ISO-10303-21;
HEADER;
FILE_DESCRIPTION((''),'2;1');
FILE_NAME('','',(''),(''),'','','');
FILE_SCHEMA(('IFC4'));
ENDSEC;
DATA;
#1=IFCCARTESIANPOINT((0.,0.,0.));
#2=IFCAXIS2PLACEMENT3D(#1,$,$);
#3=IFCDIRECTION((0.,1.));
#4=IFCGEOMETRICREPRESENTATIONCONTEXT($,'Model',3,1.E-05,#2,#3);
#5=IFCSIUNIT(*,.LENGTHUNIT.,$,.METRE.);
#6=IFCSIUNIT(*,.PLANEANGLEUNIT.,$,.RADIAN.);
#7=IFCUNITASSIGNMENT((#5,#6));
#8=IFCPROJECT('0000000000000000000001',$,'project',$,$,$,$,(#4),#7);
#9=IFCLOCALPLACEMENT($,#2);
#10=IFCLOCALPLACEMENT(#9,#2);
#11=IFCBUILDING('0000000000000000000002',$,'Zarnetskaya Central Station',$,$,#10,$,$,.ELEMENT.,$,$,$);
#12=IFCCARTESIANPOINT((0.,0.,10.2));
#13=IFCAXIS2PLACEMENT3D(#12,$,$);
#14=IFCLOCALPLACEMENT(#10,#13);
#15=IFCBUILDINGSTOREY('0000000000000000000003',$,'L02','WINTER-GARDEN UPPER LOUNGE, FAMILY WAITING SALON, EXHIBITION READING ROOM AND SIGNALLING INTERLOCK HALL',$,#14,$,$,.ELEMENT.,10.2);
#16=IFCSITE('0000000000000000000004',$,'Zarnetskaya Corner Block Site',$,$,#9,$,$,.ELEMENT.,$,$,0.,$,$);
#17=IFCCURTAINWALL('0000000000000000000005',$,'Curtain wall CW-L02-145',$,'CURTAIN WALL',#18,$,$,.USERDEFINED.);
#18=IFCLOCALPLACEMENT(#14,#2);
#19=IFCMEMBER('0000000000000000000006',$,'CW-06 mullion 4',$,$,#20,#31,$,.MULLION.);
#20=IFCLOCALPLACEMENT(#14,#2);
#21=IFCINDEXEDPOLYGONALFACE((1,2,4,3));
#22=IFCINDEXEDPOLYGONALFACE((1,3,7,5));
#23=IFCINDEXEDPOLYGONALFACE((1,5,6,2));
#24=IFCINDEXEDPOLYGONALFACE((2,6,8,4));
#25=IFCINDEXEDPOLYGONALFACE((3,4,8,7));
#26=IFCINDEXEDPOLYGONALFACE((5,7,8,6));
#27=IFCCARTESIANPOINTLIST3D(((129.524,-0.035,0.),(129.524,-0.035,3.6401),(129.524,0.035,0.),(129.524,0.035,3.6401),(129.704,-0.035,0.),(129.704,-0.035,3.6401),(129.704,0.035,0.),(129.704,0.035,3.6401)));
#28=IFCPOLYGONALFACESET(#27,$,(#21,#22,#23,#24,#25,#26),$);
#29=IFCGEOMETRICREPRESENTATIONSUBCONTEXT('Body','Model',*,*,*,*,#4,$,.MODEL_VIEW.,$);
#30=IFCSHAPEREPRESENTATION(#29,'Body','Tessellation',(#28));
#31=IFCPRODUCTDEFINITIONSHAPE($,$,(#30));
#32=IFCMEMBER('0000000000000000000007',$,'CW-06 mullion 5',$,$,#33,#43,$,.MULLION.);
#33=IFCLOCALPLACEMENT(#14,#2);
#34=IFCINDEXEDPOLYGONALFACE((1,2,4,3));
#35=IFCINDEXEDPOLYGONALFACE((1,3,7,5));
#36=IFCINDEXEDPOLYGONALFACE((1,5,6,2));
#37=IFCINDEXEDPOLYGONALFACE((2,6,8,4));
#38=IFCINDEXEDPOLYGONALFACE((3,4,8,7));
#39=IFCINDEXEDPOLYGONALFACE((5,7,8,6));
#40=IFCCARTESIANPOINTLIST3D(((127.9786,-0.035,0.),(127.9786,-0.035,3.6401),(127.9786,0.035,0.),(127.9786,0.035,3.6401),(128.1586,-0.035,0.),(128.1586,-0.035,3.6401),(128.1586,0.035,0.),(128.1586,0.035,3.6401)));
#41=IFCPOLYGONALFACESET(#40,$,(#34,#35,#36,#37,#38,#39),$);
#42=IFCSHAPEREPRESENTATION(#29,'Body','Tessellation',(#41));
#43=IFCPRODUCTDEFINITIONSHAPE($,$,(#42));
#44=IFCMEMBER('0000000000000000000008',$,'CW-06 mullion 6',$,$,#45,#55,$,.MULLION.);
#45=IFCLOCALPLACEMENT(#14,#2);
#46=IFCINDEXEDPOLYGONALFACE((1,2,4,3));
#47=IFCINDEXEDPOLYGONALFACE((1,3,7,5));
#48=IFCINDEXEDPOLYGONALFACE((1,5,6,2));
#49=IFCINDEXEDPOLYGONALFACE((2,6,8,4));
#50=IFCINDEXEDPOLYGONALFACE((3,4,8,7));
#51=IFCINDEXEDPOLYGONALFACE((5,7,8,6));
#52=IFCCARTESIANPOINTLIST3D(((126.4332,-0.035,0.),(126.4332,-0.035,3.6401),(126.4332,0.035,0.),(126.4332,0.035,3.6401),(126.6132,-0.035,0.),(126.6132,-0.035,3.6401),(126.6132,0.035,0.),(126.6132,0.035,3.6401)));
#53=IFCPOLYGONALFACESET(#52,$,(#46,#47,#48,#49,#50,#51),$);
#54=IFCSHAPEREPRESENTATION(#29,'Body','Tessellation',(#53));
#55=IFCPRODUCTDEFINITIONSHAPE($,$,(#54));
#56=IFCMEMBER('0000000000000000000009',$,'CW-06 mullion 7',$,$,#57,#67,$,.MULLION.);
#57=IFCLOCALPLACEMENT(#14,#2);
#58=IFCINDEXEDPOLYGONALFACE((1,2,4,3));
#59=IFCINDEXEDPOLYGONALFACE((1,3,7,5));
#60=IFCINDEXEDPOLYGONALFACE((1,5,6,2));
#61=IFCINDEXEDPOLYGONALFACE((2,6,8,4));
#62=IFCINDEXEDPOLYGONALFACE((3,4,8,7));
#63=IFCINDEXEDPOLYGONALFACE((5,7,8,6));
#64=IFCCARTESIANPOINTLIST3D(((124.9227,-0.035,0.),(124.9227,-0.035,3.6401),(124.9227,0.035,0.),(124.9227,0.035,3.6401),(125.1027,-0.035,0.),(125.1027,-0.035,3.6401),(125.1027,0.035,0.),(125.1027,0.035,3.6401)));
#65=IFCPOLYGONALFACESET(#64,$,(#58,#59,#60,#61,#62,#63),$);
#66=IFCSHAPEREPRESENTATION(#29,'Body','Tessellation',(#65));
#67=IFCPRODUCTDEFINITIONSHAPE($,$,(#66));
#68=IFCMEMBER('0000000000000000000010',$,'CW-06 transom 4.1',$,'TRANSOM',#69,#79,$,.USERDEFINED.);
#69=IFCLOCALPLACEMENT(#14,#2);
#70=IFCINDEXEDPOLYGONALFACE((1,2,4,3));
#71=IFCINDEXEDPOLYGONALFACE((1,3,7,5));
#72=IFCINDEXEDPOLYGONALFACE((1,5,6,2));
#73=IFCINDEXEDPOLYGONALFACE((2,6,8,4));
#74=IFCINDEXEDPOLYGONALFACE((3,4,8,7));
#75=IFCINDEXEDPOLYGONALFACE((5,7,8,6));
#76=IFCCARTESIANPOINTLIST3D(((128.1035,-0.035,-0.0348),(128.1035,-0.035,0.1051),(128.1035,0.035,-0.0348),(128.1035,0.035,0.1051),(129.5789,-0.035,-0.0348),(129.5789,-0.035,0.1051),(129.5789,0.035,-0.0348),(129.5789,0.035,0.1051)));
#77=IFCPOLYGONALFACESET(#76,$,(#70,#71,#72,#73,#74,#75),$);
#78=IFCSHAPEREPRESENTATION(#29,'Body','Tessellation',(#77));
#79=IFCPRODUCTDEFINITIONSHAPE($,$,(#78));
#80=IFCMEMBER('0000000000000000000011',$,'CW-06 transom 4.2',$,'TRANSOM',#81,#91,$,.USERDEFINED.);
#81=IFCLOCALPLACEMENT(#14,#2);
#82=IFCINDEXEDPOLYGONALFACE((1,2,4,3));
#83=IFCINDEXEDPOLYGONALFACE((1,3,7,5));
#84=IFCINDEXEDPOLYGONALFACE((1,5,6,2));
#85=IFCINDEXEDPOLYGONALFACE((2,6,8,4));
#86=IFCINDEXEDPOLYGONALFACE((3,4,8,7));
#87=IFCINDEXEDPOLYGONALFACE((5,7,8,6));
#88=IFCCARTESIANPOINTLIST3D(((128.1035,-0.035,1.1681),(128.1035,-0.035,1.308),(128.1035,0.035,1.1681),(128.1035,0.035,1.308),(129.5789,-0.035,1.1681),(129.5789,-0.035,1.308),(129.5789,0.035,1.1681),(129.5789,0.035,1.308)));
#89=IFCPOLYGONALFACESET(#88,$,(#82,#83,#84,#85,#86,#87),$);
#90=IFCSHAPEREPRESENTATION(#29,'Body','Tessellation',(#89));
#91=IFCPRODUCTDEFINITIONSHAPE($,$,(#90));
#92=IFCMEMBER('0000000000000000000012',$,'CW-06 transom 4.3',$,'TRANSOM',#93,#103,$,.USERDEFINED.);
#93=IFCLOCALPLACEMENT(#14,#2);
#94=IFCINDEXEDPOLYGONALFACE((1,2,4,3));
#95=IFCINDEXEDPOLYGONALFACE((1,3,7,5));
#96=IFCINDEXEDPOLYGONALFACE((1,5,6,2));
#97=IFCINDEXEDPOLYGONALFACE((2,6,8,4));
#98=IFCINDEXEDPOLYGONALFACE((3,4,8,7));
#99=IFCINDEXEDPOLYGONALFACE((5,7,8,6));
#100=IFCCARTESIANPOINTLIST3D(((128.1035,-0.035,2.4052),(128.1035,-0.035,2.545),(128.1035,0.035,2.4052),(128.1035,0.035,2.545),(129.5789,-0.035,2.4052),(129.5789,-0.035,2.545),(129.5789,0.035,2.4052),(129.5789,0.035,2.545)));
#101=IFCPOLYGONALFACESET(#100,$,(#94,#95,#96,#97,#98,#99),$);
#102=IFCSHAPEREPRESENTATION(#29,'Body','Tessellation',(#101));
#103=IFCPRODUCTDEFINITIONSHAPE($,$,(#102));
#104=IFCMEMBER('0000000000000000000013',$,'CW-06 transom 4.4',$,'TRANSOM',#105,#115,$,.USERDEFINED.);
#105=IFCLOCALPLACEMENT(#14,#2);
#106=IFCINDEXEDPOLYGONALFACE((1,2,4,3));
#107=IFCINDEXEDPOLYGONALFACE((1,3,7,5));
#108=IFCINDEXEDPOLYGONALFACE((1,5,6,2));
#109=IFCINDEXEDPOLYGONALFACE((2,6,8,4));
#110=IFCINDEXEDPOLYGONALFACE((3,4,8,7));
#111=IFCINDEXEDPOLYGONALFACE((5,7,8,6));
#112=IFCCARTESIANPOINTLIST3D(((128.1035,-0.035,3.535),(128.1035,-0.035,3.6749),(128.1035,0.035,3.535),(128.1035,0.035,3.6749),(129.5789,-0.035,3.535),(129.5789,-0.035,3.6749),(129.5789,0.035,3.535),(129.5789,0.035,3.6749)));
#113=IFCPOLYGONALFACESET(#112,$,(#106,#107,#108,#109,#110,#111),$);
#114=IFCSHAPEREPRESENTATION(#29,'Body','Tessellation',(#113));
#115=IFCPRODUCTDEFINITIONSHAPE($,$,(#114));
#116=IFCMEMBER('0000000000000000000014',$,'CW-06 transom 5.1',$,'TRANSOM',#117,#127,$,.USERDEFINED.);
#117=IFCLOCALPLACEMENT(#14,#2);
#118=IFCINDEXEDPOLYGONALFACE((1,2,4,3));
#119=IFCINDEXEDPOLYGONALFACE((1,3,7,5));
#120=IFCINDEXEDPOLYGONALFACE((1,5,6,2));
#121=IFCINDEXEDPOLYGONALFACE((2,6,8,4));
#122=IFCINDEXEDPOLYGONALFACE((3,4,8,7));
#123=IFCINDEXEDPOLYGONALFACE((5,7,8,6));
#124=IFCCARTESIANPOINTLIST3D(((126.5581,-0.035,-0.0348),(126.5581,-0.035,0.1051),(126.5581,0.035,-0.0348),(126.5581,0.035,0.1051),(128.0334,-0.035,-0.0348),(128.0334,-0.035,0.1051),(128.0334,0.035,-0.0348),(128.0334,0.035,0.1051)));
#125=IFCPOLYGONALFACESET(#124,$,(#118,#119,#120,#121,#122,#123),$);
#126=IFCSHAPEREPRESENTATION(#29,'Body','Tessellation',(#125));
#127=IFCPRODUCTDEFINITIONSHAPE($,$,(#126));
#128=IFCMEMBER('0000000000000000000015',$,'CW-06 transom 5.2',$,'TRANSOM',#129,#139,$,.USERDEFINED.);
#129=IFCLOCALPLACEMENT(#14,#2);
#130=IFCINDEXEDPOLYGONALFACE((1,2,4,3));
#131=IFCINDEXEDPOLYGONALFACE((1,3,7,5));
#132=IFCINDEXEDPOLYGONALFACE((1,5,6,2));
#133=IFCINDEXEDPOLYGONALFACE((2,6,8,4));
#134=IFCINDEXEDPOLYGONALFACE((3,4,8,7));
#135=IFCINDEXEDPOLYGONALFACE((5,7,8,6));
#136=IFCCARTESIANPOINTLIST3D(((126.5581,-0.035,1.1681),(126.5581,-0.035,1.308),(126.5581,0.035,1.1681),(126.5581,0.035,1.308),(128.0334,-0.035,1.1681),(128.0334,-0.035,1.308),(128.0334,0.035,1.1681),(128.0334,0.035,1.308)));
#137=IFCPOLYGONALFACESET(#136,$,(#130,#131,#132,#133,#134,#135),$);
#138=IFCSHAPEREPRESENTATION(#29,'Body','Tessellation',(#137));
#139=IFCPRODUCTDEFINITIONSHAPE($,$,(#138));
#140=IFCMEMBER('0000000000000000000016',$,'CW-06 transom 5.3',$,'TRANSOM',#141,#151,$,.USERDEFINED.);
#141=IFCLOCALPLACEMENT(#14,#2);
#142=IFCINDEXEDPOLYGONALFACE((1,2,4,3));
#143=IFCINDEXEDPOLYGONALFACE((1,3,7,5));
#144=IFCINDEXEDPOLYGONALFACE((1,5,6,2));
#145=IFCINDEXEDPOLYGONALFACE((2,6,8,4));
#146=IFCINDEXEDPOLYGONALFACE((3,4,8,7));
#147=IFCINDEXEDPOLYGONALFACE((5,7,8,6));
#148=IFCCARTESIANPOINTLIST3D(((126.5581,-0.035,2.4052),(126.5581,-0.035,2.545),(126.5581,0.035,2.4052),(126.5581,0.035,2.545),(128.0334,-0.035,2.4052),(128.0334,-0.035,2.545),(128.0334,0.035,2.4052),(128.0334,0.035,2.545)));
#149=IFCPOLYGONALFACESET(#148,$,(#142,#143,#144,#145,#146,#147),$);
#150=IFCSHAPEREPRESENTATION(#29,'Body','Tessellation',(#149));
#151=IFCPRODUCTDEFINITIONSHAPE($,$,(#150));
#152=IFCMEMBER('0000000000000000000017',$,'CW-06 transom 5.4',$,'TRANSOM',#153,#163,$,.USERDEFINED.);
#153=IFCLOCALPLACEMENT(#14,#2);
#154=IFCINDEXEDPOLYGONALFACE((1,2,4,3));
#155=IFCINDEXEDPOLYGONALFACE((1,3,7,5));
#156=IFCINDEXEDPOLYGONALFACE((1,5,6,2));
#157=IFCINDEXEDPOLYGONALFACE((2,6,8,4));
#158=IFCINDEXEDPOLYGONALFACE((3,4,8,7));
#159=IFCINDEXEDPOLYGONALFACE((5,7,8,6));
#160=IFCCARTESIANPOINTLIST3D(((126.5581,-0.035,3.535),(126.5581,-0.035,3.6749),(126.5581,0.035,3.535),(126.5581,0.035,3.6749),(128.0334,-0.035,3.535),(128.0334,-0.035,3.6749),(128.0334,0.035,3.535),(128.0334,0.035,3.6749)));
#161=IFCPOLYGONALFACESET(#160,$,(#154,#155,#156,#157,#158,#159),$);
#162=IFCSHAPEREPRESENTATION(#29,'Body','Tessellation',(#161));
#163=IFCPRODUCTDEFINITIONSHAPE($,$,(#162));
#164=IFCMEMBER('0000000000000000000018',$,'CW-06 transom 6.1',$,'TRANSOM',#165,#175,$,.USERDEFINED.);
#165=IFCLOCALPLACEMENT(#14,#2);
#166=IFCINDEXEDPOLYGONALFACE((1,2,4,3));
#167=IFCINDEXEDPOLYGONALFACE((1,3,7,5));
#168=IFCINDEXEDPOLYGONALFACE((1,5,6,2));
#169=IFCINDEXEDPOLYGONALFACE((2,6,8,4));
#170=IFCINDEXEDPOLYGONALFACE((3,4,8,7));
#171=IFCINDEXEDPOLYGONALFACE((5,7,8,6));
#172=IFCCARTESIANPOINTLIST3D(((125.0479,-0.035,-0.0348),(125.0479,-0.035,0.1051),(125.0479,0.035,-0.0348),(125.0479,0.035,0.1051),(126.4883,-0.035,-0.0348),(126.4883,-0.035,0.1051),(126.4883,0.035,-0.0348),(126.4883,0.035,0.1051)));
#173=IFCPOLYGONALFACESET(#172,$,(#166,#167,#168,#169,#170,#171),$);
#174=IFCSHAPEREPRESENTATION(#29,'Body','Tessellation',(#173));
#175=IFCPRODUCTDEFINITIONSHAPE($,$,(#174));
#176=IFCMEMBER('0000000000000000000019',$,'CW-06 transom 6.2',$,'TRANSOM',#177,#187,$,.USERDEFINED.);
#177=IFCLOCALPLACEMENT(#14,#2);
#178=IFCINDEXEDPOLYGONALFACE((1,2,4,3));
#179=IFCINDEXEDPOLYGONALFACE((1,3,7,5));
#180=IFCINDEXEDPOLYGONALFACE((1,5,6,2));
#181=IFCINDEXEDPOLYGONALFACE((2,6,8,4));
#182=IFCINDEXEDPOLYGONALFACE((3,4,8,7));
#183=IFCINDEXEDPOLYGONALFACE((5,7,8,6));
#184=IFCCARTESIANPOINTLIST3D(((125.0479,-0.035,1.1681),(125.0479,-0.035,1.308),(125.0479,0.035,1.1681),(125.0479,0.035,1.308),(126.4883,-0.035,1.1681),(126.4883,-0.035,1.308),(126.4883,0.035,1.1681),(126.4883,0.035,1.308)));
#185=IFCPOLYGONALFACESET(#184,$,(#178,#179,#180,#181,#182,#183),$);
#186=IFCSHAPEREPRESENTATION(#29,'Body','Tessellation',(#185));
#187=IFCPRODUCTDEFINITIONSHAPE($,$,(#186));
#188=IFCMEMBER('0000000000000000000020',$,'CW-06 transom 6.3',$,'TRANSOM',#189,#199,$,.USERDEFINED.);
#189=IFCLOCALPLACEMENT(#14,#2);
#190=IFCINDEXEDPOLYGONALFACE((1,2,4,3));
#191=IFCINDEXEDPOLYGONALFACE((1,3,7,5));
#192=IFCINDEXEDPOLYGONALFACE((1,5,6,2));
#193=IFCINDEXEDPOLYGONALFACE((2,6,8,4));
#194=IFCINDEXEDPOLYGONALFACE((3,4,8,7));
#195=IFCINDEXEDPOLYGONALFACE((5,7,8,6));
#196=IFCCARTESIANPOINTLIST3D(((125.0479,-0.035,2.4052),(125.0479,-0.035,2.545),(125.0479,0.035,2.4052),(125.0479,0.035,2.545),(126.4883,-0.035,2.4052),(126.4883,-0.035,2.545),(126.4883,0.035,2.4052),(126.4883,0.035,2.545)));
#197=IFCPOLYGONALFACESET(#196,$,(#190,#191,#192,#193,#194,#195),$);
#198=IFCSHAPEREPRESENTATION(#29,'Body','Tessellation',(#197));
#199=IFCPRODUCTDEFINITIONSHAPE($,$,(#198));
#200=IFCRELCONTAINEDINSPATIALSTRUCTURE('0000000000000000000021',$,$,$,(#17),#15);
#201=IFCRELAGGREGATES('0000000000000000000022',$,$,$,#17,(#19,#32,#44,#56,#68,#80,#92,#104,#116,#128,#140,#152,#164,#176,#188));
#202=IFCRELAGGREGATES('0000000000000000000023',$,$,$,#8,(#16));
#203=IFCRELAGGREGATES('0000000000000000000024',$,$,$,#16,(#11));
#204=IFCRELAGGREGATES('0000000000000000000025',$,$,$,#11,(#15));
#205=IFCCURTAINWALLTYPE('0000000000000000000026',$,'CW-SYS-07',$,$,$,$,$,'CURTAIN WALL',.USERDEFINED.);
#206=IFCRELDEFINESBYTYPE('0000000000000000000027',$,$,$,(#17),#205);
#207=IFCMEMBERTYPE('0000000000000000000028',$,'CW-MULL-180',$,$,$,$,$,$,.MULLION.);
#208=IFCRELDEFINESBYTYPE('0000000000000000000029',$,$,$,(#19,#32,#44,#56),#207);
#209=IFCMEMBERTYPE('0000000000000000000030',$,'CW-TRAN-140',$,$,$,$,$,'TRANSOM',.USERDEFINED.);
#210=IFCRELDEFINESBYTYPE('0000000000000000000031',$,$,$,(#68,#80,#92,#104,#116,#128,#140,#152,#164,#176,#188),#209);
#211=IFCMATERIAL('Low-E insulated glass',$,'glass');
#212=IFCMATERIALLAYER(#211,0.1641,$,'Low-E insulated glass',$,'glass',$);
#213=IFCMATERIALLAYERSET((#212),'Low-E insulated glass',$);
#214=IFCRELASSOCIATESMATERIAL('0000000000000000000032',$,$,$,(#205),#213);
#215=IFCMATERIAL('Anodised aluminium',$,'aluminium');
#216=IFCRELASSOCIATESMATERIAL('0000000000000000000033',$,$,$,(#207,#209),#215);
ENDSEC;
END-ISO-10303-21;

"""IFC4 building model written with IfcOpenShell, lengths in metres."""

from ifc_helpers import new_model, si_unit, direction, frame, origin, origin_2d, place, context, subcontext, project, spatial, rectangle, extrude, material, layer, layer_set, material_profile, profile_set, type_object, element, aggregate, save


model = new_model("IFC4")

# Units and contexts
model_context = context("Model", 3, precision=1e-05, world=origin(), true_north=direction((0.0, 1.0)))
body_context = subcontext(model_context, "Body", "Model", "MODEL_VIEW")
ifc_project = project(units=[si_unit("LENGTHUNIT", "METRE"), si_unit("PLANEANGLEUNIT", "RADIAN")], contexts=[model_context])

# Site, building, storey
site_placement = place(None, origin())
site = spatial("IfcSite", under=ifc_project, at=site_placement, Name="Zarnetskaya Corner Block Site", CompositionType="ELEMENT", RefElevation=0.0)
building_placement = place(site_placement, origin())
building = spatial("IfcBuilding", under=site, at=building_placement, Name="Zarnetskaya Central Station", CompositionType="ELEMENT")
storey_placement = place(building_placement, frame((0.0, 0.0, 10.2)))
storey = spatial("IfcBuildingStorey", under=building, at=storey_placement, Name="L02", Description="WINTER-GARDEN UPPER LOUNGE, FAMILY WAITING SALON, EXHIBITION READING ROOM AND SIGNALLING INTERLOCK HALL", CompositionType="ELEMENT", Elevation=10.2)

# Curtain wall, members
ifc_material_1 = material(Name="Low-E insulated glass", Category="glass")
ifc_layer_1 = layer(ifc_material_1, 0.1641, Name="Low-E insulated glass", Category="glass")
ifc_layer_set_1 = layer_set([ifc_layer_1], Name="Low-E insulated glass")
curtain_wall_type = type_object("IfcCurtainWallType", Name="CW-SYS-07", ElementType="CURTAIN WALL", PredefinedType="USERDEFINED", material=ifc_layer_set_1)
curtain_wall_placement = place(storey_placement, origin())
curtain_wall = element("IfcCurtainWall", 1, at=curtain_wall_placement, inside=storey, type_object=curtain_wall_type, Name="Curtain wall CW-L02-145", ObjectType="CURTAIN WALL", PredefinedType="USERDEFINED")
ifc_material_2 = material(Name="Anodised aluminium", Category="aluminium")
ifc_material_profile_1 = material_profile(ifc_material_2, rectangle(XDim=0.0701, YDim=0.1799, at=origin_2d()), Name="ALU MULL 70x180")
ifc_profile_set_1 = profile_set([ifc_material_profile_1], Name="Anodised aluminium")
member_type_1 = type_object("IfcMemberType", Name="CW-MULL-180", PredefinedType="MULLION", material=ifc_profile_set_1)
member_1_placement = place(storey_placement, frame((129.614, 0.0, 0.0), z_axis=(0.0, 0.0, 1.0), x_axis=(0.0, -1.0, 0.0)))
member_1 = element("IfcMember", 2, at=member_1_placement, type_object=member_type_1, Name="CW-06 mullion 4", PredefinedType="MULLION", context=body_context, shape_type="SweptSolid", body=[
    extrude(rectangle(XDim=0.0701, YDim=0.1799, at=origin_2d()), origin(), (0.0, 0.0, 1.0), 3.6401),
])
member_2_placement = place(storey_placement, frame((128.0686, 0.0, 0.0), z_axis=(0.0, 0.0, 1.0), x_axis=(0.0, -1.0, 0.0)))
member_2 = element("IfcMember", 3, at=member_2_placement, type_object=member_type_1, Name="CW-06 mullion 5", PredefinedType="MULLION", context=body_context, shape_type="SweptSolid", body=[
    extrude(rectangle(XDim=0.0701, YDim=0.1799, at=origin_2d()), origin(), (0.0, 0.0, 1.0), 3.6401),
])
member_3_placement = place(storey_placement, frame((126.5232, 0.0, 0.0), z_axis=(0.0, 0.0, 1.0), x_axis=(0.0, -1.0, 0.0)))
member_3 = element("IfcMember", 4, at=member_3_placement, type_object=member_type_1, Name="CW-06 mullion 6", PredefinedType="MULLION", context=body_context, shape_type="SweptSolid", body=[
    extrude(rectangle(XDim=0.0701, YDim=0.1799, at=origin_2d()), origin(), (0.0, 0.0, 1.0), 3.6401),
])
member_4_placement = place(storey_placement, frame((125.0127, 0.0, 0.0), z_axis=(0.0, 0.0, 1.0), x_axis=(0.0, -1.0, 0.0)))
member_4 = element("IfcMember", 5, at=member_4_placement, type_object=member_type_1, Name="CW-06 mullion 7", PredefinedType="MULLION", context=body_context, shape_type="SweptSolid", body=[
    extrude(rectangle(XDim=0.0701, YDim=0.1799, at=origin_2d()), origin(), (0.0, 0.0, 1.0), 3.6401),
])
ifc_material_profile_2 = material_profile(ifc_material_2, rectangle(XDim=0.0701, YDim=0.1399, at=origin_2d()), Name="ALU TRAN 70x140")
ifc_profile_set_2 = profile_set([ifc_material_profile_2], Name="Anodised aluminium")
member_type_2 = type_object("IfcMemberType", Name="CW-TRAN-140", ElementType="TRANSOM", PredefinedType="USERDEFINED", material=ifc_profile_set_2)
member_5_placement = place(storey_placement, frame((129.5789, 0.0, 0.0352), z_axis=(-1.0, 0.0, 0.0), x_axis=(0.0, -1.0, 0.0)))
member_5 = element("IfcMember", 6, at=member_5_placement, type_object=member_type_2, Name="CW-06 transom 4.1", ObjectType="TRANSOM", PredefinedType="USERDEFINED", context=body_context, shape_type="SweptSolid", body=[
    extrude(rectangle(XDim=0.0701, YDim=0.1399, at=origin_2d()), origin(), (0.0, 0.0, 1.0), 1.4753),
])
member_6_placement = place(storey_placement, frame((129.5789, 0.0, 1.238), z_axis=(-1.0, 0.0, 0.0), x_axis=(0.0, -1.0, 0.0)))
member_6 = element("IfcMember", 7, at=member_6_placement, type_object=member_type_2, Name="CW-06 transom 4.2", ObjectType="TRANSOM", PredefinedType="USERDEFINED", context=body_context, shape_type="SweptSolid", body=[
    extrude(rectangle(XDim=0.0701, YDim=0.1399, at=origin_2d()), origin(), (0.0, 0.0, 1.0), 1.4753),
])
member_7_placement = place(storey_placement, frame((129.5789, 0.0, 2.4751), z_axis=(-1.0, 0.0, 0.0), x_axis=(0.0, -1.0, 0.0)))
member_7 = element("IfcMember", 8, at=member_7_placement, type_object=member_type_2, Name="CW-06 transom 4.3", ObjectType="TRANSOM", PredefinedType="USERDEFINED", context=body_context, shape_type="SweptSolid", body=[
    extrude(rectangle(XDim=0.0701, YDim=0.1399, at=origin_2d()), origin(), (0.0, 0.0, 1.0), 1.4753),
])
member_8_placement = place(storey_placement, frame((129.5789, 0.0, 3.605), z_axis=(-1.0, 0.0, 0.0), x_axis=(0.0, -1.0, 0.0)))
member_8 = element("IfcMember", 9, at=member_8_placement, type_object=member_type_2, Name="CW-06 transom 4.4", ObjectType="TRANSOM", PredefinedType="USERDEFINED", context=body_context, shape_type="SweptSolid", body=[
    extrude(rectangle(XDim=0.0701, YDim=0.1399, at=origin_2d()), origin(), (0.0, 0.0, 1.0), 1.4753),
])
member_9_placement = place(storey_placement, frame((128.0334, 0.0, 0.0352), z_axis=(-1.0, 0.0, 0.0), x_axis=(0.0, -1.0, 0.0)))
member_9 = element("IfcMember", 10, at=member_9_placement, type_object=member_type_2, Name="CW-06 transom 5.1", ObjectType="TRANSOM", PredefinedType="USERDEFINED", context=body_context, shape_type="SweptSolid", body=[
    extrude(rectangle(XDim=0.0701, YDim=0.1399, at=origin_2d()), origin(), (0.0, 0.0, 1.0), 1.4753),
])
member_10_placement = place(storey_placement, frame((128.0334, 0.0, 1.238), z_axis=(-1.0, 0.0, 0.0), x_axis=(0.0, -1.0, 0.0)))
member_10 = element("IfcMember", 11, at=member_10_placement, type_object=member_type_2, Name="CW-06 transom 5.2", ObjectType="TRANSOM", PredefinedType="USERDEFINED", context=body_context, shape_type="SweptSolid", body=[
    extrude(rectangle(XDim=0.0701, YDim=0.1399, at=origin_2d()), origin(), (0.0, 0.0, 1.0), 1.4753),
])
member_11_placement = place(storey_placement, frame((128.0334, 0.0, 2.4751), z_axis=(-1.0, 0.0, 0.0), x_axis=(0.0, -1.0, 0.0)))
member_11 = element("IfcMember", 12, at=member_11_placement, type_object=member_type_2, Name="CW-06 transom 5.3", ObjectType="TRANSOM", PredefinedType="USERDEFINED", context=body_context, shape_type="SweptSolid", body=[
    extrude(rectangle(XDim=0.0701, YDim=0.1399, at=origin_2d()), origin(), (0.0, 0.0, 1.0), 1.4753),
])
member_12_placement = place(storey_placement, frame((128.0334, 0.0, 3.605), z_axis=(-1.0, 0.0, 0.0), x_axis=(0.0, -1.0, 0.0)))
member_12 = element("IfcMember", 13, at=member_12_placement, type_object=member_type_2, Name="CW-06 transom 5.4", ObjectType="TRANSOM", PredefinedType="USERDEFINED", context=body_context, shape_type="SweptSolid", body=[
    extrude(rectangle(XDim=0.0701, YDim=0.1399, at=origin_2d()), origin(), (0.0, 0.0, 1.0), 1.4753),
])
member_13_placement = place(storey_placement, frame((126.4883, 0.0, 0.0352), z_axis=(-1.0, 0.0, 0.0), x_axis=(0.0, -1.0, 0.0)))
member_13 = element("IfcMember", 14, at=member_13_placement, type_object=member_type_2, Name="CW-06 transom 6.1", ObjectType="TRANSOM", PredefinedType="USERDEFINED", context=body_context, shape_type="SweptSolid", body=[
    extrude(rectangle(XDim=0.0701, YDim=0.1399, at=origin_2d()), origin(), (0.0, 0.0, 1.0), 1.4404),
])
member_14_placement = place(storey_placement, frame((126.4883, 0.0, 1.238), z_axis=(-1.0, 0.0, 0.0), x_axis=(0.0, -1.0, 0.0)))
member_14 = element("IfcMember", 15, at=member_14_placement, type_object=member_type_2, Name="CW-06 transom 6.2", ObjectType="TRANSOM", PredefinedType="USERDEFINED", context=body_context, shape_type="SweptSolid", body=[
    extrude(rectangle(XDim=0.0701, YDim=0.1399, at=origin_2d()), origin(), (0.0, 0.0, 1.0), 1.4404),
])
member_15_placement = place(storey_placement, frame((126.4883, 0.0, 2.4751), z_axis=(-1.0, 0.0, 0.0), x_axis=(0.0, -1.0, 0.0)))
member_15 = element("IfcMember", 16, at=member_15_placement, type_object=member_type_2, Name="CW-06 transom 6.3", ObjectType="TRANSOM", PredefinedType="USERDEFINED", context=body_context, shape_type="SweptSolid", body=[
    extrude(rectangle(XDim=0.0701, YDim=0.1399, at=origin_2d()), origin(), (0.0, 0.0, 1.0), 1.4404),
])
aggregate(curtain_wall, [member_1, member_2, member_3, member_4, member_5, member_6, member_7, member_8, member_9, member_10, member_11, member_12, member_13, member_14, member_15])

save(model, "model.ifc")
